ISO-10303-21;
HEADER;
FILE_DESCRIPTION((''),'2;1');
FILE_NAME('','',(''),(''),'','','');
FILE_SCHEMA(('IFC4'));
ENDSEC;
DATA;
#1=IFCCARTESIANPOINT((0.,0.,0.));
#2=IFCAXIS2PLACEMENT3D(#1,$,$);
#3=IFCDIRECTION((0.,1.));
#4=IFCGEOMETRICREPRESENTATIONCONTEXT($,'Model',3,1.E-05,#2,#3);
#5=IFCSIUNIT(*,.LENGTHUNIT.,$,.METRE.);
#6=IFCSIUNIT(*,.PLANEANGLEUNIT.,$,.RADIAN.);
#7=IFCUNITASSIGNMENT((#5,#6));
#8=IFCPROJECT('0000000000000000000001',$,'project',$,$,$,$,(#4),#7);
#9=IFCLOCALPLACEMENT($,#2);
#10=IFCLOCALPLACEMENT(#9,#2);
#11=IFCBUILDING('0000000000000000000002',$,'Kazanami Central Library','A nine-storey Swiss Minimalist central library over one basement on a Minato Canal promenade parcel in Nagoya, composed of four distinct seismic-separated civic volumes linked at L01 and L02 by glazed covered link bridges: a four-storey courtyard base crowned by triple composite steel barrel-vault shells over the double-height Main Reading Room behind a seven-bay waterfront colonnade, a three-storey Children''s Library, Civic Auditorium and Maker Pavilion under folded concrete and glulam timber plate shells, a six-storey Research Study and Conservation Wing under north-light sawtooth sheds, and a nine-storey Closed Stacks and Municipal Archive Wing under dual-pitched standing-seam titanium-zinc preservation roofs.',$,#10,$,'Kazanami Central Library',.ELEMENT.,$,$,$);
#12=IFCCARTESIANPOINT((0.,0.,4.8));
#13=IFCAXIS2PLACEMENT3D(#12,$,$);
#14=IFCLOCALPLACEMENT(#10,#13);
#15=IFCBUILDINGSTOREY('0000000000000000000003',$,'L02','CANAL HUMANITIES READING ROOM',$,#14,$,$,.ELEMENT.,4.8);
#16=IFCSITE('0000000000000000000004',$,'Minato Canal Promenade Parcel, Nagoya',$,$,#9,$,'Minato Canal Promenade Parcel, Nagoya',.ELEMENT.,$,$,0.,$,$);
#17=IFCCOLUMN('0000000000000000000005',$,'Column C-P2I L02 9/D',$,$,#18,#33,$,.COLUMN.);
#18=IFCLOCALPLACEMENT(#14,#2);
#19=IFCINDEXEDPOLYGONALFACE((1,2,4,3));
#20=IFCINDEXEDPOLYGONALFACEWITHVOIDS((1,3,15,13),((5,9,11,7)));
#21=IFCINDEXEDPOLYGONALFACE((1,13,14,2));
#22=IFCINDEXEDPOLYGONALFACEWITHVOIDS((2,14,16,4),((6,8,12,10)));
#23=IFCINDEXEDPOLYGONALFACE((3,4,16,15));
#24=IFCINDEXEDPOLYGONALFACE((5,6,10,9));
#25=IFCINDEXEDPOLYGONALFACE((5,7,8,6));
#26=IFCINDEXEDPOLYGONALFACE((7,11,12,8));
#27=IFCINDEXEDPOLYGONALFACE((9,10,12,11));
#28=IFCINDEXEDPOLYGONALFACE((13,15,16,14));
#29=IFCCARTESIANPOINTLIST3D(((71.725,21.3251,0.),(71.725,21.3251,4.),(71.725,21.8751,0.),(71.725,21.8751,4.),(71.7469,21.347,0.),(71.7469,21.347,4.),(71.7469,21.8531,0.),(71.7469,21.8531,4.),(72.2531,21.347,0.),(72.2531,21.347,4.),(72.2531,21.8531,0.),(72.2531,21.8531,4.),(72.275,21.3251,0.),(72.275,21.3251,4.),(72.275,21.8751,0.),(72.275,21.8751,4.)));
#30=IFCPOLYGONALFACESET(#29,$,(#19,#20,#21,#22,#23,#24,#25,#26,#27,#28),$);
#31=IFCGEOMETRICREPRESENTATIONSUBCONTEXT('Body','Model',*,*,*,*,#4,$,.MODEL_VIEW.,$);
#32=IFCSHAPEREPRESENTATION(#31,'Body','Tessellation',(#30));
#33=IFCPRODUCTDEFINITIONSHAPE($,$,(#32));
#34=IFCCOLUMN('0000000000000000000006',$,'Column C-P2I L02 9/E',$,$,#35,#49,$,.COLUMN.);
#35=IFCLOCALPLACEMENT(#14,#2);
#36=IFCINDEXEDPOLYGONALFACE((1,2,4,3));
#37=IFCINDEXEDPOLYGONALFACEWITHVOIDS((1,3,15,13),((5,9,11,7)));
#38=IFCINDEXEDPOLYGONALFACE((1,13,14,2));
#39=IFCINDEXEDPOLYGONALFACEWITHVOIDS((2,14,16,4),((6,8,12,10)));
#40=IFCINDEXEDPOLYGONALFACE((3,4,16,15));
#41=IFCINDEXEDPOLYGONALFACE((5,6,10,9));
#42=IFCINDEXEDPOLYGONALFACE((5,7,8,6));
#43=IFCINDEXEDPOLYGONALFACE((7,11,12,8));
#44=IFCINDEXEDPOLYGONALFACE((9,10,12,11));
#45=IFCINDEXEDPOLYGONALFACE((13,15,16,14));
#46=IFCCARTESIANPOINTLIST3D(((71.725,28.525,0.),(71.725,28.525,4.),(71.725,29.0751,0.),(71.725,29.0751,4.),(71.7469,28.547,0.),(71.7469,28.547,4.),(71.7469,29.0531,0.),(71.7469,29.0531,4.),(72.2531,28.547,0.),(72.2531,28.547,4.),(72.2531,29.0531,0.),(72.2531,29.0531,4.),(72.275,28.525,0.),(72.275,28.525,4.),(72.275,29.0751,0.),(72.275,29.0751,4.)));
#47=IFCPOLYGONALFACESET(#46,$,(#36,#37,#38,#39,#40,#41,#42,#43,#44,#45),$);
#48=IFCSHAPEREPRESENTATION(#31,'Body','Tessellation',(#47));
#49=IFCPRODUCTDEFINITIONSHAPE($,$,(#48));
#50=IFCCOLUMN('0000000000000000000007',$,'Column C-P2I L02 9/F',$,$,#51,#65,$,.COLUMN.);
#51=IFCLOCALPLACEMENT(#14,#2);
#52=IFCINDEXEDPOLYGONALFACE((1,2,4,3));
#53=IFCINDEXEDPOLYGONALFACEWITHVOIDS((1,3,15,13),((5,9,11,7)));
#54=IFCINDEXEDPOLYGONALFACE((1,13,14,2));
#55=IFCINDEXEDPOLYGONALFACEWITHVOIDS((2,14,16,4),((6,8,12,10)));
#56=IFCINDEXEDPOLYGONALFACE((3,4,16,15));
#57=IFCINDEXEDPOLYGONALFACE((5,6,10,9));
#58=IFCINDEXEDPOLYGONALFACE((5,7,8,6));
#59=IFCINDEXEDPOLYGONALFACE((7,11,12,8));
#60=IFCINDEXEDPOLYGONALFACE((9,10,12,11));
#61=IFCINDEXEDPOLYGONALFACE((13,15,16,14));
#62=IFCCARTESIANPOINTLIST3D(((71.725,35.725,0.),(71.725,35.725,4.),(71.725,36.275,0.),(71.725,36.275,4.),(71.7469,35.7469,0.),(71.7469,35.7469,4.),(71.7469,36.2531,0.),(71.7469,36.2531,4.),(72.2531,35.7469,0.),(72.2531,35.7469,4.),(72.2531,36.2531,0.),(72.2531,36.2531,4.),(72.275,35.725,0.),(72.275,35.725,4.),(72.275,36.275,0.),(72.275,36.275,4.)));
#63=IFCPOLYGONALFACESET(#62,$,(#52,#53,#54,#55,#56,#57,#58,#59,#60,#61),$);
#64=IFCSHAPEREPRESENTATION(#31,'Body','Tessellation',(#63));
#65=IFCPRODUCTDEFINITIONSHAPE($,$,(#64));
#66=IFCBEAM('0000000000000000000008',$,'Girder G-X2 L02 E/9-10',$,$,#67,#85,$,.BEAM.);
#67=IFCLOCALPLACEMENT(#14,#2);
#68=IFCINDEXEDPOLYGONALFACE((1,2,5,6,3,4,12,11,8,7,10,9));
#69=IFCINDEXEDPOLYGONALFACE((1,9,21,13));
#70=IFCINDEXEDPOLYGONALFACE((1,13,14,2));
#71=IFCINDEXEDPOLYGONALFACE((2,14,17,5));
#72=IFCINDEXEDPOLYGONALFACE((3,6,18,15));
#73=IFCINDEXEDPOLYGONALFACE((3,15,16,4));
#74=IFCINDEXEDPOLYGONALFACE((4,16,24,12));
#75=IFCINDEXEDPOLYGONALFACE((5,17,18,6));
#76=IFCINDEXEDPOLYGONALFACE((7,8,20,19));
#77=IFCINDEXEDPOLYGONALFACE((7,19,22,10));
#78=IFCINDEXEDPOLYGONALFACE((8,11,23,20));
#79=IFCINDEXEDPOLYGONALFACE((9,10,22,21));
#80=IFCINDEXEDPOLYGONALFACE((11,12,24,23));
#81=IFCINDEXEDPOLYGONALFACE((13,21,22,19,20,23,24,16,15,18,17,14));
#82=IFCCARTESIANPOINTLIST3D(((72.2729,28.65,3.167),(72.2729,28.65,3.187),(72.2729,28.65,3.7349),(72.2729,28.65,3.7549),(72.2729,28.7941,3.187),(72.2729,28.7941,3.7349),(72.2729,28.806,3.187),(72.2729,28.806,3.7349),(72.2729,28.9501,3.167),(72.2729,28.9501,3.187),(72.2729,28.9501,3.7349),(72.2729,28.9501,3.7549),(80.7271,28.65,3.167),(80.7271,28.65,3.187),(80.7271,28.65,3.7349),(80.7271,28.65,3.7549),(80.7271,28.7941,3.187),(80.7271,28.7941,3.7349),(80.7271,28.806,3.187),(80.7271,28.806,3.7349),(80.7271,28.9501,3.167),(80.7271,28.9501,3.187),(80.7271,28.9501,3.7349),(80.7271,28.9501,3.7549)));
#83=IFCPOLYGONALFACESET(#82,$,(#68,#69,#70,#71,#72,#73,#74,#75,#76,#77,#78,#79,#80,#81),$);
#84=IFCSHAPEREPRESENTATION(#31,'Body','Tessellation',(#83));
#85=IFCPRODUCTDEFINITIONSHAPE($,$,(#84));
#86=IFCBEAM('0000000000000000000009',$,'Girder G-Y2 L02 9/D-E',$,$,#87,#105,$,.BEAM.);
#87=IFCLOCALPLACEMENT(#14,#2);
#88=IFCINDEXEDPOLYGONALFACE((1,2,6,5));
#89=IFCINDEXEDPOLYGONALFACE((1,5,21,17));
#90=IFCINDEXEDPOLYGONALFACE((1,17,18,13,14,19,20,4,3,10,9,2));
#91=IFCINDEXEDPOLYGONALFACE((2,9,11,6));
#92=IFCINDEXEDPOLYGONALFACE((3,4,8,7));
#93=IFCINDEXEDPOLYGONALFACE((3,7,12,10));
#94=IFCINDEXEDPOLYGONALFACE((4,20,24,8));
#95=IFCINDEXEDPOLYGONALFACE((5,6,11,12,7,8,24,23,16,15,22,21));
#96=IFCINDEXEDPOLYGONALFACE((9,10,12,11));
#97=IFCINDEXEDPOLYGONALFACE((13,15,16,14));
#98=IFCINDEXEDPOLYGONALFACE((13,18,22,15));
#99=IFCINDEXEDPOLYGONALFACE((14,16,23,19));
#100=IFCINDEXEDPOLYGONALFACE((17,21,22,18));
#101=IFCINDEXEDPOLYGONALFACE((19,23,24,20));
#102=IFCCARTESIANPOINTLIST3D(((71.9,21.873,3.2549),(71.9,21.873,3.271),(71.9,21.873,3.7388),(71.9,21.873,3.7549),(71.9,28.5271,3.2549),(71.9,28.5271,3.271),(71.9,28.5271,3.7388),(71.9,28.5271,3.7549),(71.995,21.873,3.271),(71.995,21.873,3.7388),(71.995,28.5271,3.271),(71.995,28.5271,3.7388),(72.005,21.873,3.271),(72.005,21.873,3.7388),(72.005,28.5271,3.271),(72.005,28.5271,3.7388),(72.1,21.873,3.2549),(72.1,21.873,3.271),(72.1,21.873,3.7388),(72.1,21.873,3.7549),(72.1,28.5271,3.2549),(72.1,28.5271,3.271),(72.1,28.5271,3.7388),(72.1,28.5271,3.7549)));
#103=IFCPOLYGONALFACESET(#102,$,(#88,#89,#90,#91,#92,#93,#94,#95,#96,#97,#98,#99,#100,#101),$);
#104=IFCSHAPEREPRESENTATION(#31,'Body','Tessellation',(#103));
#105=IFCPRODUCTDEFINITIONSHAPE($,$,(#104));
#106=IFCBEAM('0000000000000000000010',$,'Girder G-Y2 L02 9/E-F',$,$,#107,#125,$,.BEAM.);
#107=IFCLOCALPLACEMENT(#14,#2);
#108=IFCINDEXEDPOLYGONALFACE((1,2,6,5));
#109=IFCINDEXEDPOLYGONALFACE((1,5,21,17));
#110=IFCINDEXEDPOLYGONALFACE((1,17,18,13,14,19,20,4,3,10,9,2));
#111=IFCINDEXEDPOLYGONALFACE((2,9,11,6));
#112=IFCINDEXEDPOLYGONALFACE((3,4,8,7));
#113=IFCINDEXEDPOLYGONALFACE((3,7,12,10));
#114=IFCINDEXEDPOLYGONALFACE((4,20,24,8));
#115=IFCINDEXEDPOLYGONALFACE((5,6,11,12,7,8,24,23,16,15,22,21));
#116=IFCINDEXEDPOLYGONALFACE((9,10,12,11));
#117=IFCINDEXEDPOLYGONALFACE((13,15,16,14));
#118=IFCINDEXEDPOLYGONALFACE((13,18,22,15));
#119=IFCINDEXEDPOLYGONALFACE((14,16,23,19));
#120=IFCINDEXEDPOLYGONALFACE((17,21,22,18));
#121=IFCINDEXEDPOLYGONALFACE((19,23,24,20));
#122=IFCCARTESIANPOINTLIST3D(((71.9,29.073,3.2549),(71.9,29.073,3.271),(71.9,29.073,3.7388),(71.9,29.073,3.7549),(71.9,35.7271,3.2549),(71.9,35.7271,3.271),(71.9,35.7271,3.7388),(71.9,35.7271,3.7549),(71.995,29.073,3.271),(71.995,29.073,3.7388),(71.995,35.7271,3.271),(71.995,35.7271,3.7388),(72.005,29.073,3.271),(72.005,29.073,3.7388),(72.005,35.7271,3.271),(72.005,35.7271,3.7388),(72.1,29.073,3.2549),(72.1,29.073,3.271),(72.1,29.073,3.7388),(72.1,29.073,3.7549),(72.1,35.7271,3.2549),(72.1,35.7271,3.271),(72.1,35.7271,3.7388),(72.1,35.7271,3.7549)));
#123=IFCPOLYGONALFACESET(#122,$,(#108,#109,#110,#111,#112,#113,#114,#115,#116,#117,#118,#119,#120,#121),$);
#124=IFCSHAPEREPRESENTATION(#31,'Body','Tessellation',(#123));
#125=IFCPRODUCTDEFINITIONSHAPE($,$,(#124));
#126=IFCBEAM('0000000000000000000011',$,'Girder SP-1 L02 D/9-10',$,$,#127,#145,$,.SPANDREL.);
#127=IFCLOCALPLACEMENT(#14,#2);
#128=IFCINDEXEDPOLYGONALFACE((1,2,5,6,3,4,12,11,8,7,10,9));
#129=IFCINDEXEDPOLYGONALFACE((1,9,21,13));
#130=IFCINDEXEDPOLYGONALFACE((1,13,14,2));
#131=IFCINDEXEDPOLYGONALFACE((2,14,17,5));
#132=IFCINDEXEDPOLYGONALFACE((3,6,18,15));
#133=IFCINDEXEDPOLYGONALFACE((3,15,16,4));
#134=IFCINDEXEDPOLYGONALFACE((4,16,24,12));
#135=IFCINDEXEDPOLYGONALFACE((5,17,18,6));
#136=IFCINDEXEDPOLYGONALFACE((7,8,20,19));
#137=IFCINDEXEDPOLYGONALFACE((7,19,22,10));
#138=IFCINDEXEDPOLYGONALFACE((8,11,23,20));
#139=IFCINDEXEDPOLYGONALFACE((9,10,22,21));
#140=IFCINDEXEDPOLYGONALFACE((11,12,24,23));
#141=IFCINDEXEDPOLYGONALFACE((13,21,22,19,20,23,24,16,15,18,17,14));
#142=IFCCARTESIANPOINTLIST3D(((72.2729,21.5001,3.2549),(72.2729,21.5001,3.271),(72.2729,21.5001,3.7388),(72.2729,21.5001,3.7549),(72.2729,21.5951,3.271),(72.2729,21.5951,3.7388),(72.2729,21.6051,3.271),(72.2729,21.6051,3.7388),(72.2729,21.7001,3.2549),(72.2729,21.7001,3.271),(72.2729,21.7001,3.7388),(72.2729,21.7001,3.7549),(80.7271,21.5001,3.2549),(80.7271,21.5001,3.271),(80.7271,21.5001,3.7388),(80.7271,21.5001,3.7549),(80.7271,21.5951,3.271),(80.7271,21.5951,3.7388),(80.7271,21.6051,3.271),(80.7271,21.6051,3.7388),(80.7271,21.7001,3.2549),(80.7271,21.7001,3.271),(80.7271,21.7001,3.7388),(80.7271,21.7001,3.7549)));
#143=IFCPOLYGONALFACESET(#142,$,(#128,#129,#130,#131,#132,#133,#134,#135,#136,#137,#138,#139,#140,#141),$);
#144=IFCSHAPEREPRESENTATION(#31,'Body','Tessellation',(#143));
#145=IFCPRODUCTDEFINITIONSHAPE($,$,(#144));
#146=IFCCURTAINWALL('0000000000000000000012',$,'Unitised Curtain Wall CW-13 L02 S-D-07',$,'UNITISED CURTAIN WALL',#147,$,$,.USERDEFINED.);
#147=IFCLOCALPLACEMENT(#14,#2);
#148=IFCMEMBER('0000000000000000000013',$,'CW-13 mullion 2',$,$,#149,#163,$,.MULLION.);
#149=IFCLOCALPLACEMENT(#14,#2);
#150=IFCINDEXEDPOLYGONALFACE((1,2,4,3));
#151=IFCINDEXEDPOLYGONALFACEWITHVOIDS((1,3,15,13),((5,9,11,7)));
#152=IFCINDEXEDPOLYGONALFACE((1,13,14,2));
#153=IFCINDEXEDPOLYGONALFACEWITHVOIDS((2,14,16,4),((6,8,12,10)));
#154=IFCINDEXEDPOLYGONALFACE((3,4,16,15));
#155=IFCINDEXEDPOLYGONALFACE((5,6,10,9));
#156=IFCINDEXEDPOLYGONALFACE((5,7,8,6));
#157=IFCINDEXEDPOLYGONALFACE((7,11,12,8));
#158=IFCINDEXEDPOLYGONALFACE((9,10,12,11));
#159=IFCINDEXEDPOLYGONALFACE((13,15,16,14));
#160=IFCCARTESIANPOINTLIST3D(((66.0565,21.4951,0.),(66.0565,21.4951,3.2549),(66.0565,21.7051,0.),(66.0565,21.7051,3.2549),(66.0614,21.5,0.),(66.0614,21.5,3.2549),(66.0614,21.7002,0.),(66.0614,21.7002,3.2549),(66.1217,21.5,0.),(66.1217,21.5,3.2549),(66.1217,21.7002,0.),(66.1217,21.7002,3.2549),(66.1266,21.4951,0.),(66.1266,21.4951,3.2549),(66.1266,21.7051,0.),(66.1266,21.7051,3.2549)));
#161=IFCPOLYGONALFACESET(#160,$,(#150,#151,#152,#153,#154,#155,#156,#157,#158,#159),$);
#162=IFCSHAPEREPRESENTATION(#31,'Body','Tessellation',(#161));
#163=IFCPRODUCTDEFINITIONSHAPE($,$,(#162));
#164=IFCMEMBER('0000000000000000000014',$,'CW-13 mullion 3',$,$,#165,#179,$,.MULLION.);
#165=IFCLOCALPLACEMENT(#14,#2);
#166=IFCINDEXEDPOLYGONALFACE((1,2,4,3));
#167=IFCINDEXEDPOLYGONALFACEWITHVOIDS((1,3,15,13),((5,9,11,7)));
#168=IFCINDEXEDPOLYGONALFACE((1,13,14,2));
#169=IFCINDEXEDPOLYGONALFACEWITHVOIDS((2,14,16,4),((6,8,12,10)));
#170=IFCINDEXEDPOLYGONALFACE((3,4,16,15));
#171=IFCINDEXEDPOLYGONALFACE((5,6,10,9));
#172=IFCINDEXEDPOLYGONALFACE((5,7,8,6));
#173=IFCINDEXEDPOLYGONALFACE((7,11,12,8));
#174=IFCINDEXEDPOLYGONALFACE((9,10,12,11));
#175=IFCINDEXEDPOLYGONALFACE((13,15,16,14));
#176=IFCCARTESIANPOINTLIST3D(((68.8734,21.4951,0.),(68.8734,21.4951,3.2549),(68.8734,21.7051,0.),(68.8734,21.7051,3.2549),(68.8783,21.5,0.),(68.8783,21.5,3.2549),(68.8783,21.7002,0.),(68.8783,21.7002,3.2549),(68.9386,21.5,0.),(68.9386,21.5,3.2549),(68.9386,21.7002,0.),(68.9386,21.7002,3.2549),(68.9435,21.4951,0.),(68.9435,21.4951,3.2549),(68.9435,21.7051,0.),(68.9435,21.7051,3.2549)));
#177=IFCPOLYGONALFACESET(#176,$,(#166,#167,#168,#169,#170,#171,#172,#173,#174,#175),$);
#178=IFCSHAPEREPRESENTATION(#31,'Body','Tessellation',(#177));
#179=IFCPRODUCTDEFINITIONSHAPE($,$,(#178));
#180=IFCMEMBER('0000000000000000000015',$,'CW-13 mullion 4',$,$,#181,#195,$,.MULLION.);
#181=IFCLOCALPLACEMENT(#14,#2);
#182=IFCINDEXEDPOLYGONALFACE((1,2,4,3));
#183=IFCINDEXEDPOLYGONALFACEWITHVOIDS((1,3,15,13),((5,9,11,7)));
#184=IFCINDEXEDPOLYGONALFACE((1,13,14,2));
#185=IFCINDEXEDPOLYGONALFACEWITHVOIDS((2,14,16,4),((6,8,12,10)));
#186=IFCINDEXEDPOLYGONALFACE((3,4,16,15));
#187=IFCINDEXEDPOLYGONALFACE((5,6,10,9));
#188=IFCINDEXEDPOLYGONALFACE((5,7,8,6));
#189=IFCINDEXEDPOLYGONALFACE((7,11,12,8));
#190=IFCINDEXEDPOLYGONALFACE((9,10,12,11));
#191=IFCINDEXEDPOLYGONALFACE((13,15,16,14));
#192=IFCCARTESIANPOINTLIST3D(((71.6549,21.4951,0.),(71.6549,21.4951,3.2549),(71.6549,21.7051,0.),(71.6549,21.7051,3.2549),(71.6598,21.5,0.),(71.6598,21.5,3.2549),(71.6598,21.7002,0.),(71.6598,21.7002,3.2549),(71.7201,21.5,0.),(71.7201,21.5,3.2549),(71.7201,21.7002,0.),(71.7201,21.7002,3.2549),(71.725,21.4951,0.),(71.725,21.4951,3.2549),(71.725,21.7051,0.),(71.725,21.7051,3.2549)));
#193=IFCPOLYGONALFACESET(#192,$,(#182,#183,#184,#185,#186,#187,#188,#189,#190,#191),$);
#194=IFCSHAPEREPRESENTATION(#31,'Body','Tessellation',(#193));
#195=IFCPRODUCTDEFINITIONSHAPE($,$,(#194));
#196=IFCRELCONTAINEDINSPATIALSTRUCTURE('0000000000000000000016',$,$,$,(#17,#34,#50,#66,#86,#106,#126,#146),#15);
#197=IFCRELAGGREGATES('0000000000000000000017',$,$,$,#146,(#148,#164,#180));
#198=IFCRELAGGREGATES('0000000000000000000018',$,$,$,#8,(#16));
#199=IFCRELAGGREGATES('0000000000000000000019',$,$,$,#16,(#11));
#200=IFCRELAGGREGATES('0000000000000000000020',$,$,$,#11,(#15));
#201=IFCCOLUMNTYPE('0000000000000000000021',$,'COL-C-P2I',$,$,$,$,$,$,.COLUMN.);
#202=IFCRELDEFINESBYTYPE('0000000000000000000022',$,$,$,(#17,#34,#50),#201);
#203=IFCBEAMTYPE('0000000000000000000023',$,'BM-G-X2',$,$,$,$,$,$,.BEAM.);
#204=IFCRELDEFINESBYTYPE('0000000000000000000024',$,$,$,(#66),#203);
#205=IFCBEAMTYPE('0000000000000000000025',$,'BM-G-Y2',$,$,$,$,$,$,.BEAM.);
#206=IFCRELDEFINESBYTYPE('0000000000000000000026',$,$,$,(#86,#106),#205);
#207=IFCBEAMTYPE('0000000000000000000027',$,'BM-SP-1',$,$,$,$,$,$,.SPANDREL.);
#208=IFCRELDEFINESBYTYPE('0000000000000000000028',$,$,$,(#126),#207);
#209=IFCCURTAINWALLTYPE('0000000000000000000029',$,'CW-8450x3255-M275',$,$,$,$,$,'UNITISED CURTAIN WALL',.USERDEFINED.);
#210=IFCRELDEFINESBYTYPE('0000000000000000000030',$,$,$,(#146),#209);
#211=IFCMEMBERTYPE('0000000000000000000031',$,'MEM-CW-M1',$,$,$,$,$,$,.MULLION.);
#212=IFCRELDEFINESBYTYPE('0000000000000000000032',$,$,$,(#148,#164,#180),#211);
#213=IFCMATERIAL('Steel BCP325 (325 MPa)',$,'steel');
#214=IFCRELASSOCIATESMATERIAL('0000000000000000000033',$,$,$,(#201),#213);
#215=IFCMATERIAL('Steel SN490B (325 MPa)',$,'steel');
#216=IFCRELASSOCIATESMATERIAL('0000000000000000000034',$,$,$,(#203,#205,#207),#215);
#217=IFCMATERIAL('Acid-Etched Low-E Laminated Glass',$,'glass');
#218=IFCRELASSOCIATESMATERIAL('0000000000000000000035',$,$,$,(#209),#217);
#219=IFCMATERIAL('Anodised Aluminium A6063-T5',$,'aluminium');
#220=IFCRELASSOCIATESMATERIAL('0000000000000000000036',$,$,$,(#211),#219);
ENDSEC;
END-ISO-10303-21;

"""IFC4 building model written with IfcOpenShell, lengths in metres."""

from ifc_helpers import new_model, si_unit, direction, frame, origin, origin_2d, place, context, subcontext, project, spatial, hollow_rectangle, i_section, extrude, material, material_profile, profile_set, type_object, element, aggregate, save


model = new_model("IFC4")

# Units and contexts
model_context = context("Model", 3, precision=1e-05, world=origin(), true_north=direction((0.0, 1.0)))
body_context = subcontext(model_context, "Body", "Model", "MODEL_VIEW")
ifc_project = project(units=[si_unit("LENGTHUNIT", "METRE"), si_unit("PLANEANGLEUNIT", "RADIAN")], contexts=[model_context])

# Site, building, storey
site_placement = place(None, origin())
site = spatial("IfcSite", under=ifc_project, at=site_placement, Name="Minato Canal Promenade Parcel, Nagoya", LongName="Minato Canal Promenade Parcel, Nagoya", CompositionType="ELEMENT", RefElevation=0.0)
building_placement = place(site_placement, origin())
building = spatial("IfcBuilding", under=site, at=building_placement, Name="Kazanami Central Library", Description="A nine-storey Swiss Minimalist central library over one basement on a Minato Canal promenade parcel in Nagoya, composed of four distinct seismic-separated civic volumes linked at L01 and L02 by glazed covered link bridges: a four-storey courtyard base crowned by triple composite steel barrel-vault shells over the double-height Main Reading Room behind a seven-bay waterfront colonnade, a three-storey Children's Library, Civic Auditorium and Maker Pavilion under folded concrete and glulam timber plate shells, a six-storey Research Study and Conservation Wing under north-light sawtooth sheds, and a nine-storey Closed Stacks and Municipal Archive Wing under dual-pitched standing-seam titanium-zinc preservation roofs.", LongName="Kazanami Central Library", CompositionType="ELEMENT")
storey_placement = place(building_placement, frame((0.0, 0.0, 4.8)))
storey = spatial("IfcBuildingStorey", under=building, at=storey_placement, Name="L02", Description="CANAL HUMANITIES READING ROOM", CompositionType="ELEMENT", Elevation=4.8)

# Columns
ifc_material_1 = material(Name="Steel BCP325 (325 MPa)", Category="steel")
ifc_material_profile_1 = material_profile(ifc_material_1, hollow_rectangle(XDim=0.55, YDim=0.55, WallThickness=0.022, at=origin_2d()), Name="BCP-550x550x22")
ifc_profile_set_1 = profile_set([ifc_material_profile_1], Name="Steel BCP325 (325 MPa)")
column_type = type_object("IfcColumnType", Name="COL-C-P2I", PredefinedType="COLUMN", material=ifc_profile_set_1)
for number, where, z_axis, x_axis, name in (
    (1, (72.0, 21.6001, 0.0), (0.0, 0.0, 1.0), (1.0, 0.0, 0.0), "Column C-P2I L02 9/D"),
    (2, (72.0, 28.8, 0.0), (0.0, 0.0, 1.0), (1.0, 0.0, 0.0), "Column C-P2I L02 9/E"),
    (3, (72.0, 36.0, 0.0), (0.0, 0.0, 1.0), (1.0, 0.0, 0.0), "Column C-P2I L02 9/F"),
):
    element("IfcColumn", number, at=place(storey_placement, frame(where, z_axis=z_axis, x_axis=x_axis)), inside=storey, type_object=column_type, Name=name, PredefinedType="COLUMN", context=body_context, shape_type="SweptSolid", body=[
        extrude(hollow_rectangle(XDim=0.55, YDim=0.55, WallThickness=0.022, at=origin_2d()), origin(), (0.0, 0.0, 1.0), 4.0),
    ])

# Beams
ifc_material_2 = material(Name="Steel SN490B (325 MPa)", Category="steel")
ifc_material_profile_2 = material_profile(ifc_material_2, i_section(OverallWidth=0.3, OverallDepth=0.5879, WebThickness=0.012, FlangeThickness=0.02, at=origin_2d()), Name="H-588x300x12x20")
ifc_profile_set_2 = profile_set([ifc_material_profile_2], Name="Steel SN490B (325 MPa)")
beam_type_1 = type_object("IfcBeamType", Name="BM-G-X2", PredefinedType="BEAM", material=ifc_profile_set_2)
beam_1_placement = place(storey_placement, frame((72.2729, 28.8, 3.4609), z_axis=(1.0, 0.0, 0.0), x_axis=(0.0, 1.0, 0.0)))
element("IfcBeam", 4, at=beam_1_placement, inside=storey, type_object=beam_type_1, Name="Girder G-X2 L02 E/9-10", PredefinedType="BEAM", context=body_context, shape_type="SweptSolid", body=[
    extrude(i_section(OverallWidth=0.3, OverallDepth=0.5879, WebThickness=0.012, FlangeThickness=0.02, at=origin_2d()), origin(), (0.0, 0.0, 1.0), 8.4541),
])
ifc_material_profile_3 = material_profile(ifc_material_2, i_section(OverallWidth=0.2, OverallDepth=0.5, WebThickness=0.01, FlangeThickness=0.0161, at=origin_2d()), Name="H-500x200x10x16")
ifc_profile_set_3 = profile_set([ifc_material_profile_3], Name="Steel SN490B (325 MPa)")
beam_type_2 = type_object("IfcBeamType", Name="BM-G-Y2", PredefinedType="BEAM", material=ifc_profile_set_3)
for number, where, z_axis, x_axis, name in (
    (5, (72.0, 21.873, 3.5049), (0.0, 1.0, 0.0), (-1.0, 0.0, 0.0), "Girder G-Y2 L02 9/D-E"),
    (6, (72.0, 29.073, 3.5049), (0.0, 1.0, 0.0), (-1.0, 0.0, 0.0), "Girder G-Y2 L02 9/E-F"),
):
    element("IfcBeam", number, at=place(storey_placement, frame(where, z_axis=z_axis, x_axis=x_axis)), inside=storey, type_object=beam_type_2, Name=name, PredefinedType="BEAM", context=body_context, shape_type="SweptSolid", body=[
        extrude(i_section(OverallWidth=0.2, OverallDepth=0.5, WebThickness=0.01, FlangeThickness=0.0161, at=origin_2d()), origin(), (0.0, 0.0, 1.0), 6.6541),
    ])
ifc_material_profile_4 = material_profile(ifc_material_2, i_section(OverallWidth=0.2, OverallDepth=0.5, WebThickness=0.01, FlangeThickness=0.0161, at=origin_2d()), Name="H-500x200x10x16")
ifc_profile_set_4 = profile_set([ifc_material_profile_4], Name="Steel SN490B (325 MPa)")
beam_type_3 = type_object("IfcBeamType", Name="BM-SP-1", PredefinedType="SPANDREL", material=ifc_profile_set_4)
beam_2_placement = place(storey_placement, frame((72.2729, 21.6001, 3.5049), z_axis=(1.0, 0.0, 0.0), x_axis=(0.0, 1.0, 0.0)))
element("IfcBeam", 7, at=beam_2_placement, inside=storey, type_object=beam_type_3, Name="Girder SP-1 L02 D/9-10", PredefinedType="SPANDREL", context=body_context, shape_type="SweptSolid", body=[
    extrude(i_section(OverallWidth=0.2, OverallDepth=0.5, WebThickness=0.01, FlangeThickness=0.0161, at=origin_2d()), origin(), (0.0, 0.0, 1.0), 8.4541),
])

# Curtain wall, members
ifc_material_3 = material(Name="Acid-Etched Low-E Laminated Glass", Category="glass")
curtain_wall_type = type_object("IfcCurtainWallType", Name="CW-8450x3255-M275", ElementType="UNITISED CURTAIN WALL", PredefinedType="USERDEFINED", material=ifc_material_3)
curtain_wall_1_placement = place(storey_placement, origin())
curtain_wall_1 = element("IfcCurtainWall", 8, at=curtain_wall_1_placement, inside=storey, type_object=curtain_wall_type, Name="Unitised Curtain Wall CW-13 L02 S-D-07", ObjectType="UNITISED CURTAIN WALL", PredefinedType="USERDEFINED")
ifc_material_4 = material(Name="Anodised Aluminium A6063-T5", Category="aluminium")
ifc_material_profile_5 = material_profile(ifc_material_4, hollow_rectangle(XDim=0.0701, YDim=0.21, WallThickness=0.0049, at=origin_2d()), Name="ALU-MULL-70x210x5")
ifc_profile_set_5 = profile_set([ifc_material_profile_5], Name="Anodised Aluminium A6063-T5")
member_type_1 = type_object("IfcMemberType", Name="MEM-CW-M1", PredefinedType="MULLION", material=ifc_profile_set_5)
member_1_placement = place(storey_placement, frame((66.0916, 21.6001, 0.0), z_axis=(0.0, 0.0, 1.0), x_axis=(1.0, 0.0, 0.0)))
member_1 = element("IfcMember", 9, at=member_1_placement, type_object=member_type_1, Name="CW-13 mullion 2", PredefinedType="MULLION", context=body_context, shape_type="SweptSolid", body=[
    extrude(hollow_rectangle(XDim=0.0701, YDim=0.21, WallThickness=0.0049, at=origin_2d()), origin(), (0.0, 0.0, 1.0), 3.2549),
])
member_2_placement = place(storey_placement, frame((68.9084, 21.6001, 0.0), z_axis=(0.0, 0.0, 1.0), x_axis=(1.0, 0.0, 0.0)))
member_2 = element("IfcMember", 10, at=member_2_placement, type_object=member_type_1, Name="CW-13 mullion 3", PredefinedType="MULLION", context=body_context, shape_type="SweptSolid", body=[
    extrude(hollow_rectangle(XDim=0.0701, YDim=0.21, WallThickness=0.0049, at=origin_2d()), origin(), (0.0, 0.0, 1.0), 3.2549),
])
member_3_placement = place(storey_placement, frame((71.6899, 21.6001, 0.0), z_axis=(0.0, 0.0, 1.0), x_axis=(1.0, 0.0, 0.0)))
member_3 = element("IfcMember", 11, at=member_3_placement, type_object=member_type_1, Name="CW-13 mullion 4", PredefinedType="MULLION", context=body_context, shape_type="SweptSolid", body=[
    extrude(hollow_rectangle(XDim=0.0701, YDim=0.21, WallThickness=0.0049, at=origin_2d()), origin(), (0.0, 0.0, 1.0), 3.2549),
])

aggregate(curtain_wall_1, [member_1, member_2, member_3])

save(model, "model.ifc")
